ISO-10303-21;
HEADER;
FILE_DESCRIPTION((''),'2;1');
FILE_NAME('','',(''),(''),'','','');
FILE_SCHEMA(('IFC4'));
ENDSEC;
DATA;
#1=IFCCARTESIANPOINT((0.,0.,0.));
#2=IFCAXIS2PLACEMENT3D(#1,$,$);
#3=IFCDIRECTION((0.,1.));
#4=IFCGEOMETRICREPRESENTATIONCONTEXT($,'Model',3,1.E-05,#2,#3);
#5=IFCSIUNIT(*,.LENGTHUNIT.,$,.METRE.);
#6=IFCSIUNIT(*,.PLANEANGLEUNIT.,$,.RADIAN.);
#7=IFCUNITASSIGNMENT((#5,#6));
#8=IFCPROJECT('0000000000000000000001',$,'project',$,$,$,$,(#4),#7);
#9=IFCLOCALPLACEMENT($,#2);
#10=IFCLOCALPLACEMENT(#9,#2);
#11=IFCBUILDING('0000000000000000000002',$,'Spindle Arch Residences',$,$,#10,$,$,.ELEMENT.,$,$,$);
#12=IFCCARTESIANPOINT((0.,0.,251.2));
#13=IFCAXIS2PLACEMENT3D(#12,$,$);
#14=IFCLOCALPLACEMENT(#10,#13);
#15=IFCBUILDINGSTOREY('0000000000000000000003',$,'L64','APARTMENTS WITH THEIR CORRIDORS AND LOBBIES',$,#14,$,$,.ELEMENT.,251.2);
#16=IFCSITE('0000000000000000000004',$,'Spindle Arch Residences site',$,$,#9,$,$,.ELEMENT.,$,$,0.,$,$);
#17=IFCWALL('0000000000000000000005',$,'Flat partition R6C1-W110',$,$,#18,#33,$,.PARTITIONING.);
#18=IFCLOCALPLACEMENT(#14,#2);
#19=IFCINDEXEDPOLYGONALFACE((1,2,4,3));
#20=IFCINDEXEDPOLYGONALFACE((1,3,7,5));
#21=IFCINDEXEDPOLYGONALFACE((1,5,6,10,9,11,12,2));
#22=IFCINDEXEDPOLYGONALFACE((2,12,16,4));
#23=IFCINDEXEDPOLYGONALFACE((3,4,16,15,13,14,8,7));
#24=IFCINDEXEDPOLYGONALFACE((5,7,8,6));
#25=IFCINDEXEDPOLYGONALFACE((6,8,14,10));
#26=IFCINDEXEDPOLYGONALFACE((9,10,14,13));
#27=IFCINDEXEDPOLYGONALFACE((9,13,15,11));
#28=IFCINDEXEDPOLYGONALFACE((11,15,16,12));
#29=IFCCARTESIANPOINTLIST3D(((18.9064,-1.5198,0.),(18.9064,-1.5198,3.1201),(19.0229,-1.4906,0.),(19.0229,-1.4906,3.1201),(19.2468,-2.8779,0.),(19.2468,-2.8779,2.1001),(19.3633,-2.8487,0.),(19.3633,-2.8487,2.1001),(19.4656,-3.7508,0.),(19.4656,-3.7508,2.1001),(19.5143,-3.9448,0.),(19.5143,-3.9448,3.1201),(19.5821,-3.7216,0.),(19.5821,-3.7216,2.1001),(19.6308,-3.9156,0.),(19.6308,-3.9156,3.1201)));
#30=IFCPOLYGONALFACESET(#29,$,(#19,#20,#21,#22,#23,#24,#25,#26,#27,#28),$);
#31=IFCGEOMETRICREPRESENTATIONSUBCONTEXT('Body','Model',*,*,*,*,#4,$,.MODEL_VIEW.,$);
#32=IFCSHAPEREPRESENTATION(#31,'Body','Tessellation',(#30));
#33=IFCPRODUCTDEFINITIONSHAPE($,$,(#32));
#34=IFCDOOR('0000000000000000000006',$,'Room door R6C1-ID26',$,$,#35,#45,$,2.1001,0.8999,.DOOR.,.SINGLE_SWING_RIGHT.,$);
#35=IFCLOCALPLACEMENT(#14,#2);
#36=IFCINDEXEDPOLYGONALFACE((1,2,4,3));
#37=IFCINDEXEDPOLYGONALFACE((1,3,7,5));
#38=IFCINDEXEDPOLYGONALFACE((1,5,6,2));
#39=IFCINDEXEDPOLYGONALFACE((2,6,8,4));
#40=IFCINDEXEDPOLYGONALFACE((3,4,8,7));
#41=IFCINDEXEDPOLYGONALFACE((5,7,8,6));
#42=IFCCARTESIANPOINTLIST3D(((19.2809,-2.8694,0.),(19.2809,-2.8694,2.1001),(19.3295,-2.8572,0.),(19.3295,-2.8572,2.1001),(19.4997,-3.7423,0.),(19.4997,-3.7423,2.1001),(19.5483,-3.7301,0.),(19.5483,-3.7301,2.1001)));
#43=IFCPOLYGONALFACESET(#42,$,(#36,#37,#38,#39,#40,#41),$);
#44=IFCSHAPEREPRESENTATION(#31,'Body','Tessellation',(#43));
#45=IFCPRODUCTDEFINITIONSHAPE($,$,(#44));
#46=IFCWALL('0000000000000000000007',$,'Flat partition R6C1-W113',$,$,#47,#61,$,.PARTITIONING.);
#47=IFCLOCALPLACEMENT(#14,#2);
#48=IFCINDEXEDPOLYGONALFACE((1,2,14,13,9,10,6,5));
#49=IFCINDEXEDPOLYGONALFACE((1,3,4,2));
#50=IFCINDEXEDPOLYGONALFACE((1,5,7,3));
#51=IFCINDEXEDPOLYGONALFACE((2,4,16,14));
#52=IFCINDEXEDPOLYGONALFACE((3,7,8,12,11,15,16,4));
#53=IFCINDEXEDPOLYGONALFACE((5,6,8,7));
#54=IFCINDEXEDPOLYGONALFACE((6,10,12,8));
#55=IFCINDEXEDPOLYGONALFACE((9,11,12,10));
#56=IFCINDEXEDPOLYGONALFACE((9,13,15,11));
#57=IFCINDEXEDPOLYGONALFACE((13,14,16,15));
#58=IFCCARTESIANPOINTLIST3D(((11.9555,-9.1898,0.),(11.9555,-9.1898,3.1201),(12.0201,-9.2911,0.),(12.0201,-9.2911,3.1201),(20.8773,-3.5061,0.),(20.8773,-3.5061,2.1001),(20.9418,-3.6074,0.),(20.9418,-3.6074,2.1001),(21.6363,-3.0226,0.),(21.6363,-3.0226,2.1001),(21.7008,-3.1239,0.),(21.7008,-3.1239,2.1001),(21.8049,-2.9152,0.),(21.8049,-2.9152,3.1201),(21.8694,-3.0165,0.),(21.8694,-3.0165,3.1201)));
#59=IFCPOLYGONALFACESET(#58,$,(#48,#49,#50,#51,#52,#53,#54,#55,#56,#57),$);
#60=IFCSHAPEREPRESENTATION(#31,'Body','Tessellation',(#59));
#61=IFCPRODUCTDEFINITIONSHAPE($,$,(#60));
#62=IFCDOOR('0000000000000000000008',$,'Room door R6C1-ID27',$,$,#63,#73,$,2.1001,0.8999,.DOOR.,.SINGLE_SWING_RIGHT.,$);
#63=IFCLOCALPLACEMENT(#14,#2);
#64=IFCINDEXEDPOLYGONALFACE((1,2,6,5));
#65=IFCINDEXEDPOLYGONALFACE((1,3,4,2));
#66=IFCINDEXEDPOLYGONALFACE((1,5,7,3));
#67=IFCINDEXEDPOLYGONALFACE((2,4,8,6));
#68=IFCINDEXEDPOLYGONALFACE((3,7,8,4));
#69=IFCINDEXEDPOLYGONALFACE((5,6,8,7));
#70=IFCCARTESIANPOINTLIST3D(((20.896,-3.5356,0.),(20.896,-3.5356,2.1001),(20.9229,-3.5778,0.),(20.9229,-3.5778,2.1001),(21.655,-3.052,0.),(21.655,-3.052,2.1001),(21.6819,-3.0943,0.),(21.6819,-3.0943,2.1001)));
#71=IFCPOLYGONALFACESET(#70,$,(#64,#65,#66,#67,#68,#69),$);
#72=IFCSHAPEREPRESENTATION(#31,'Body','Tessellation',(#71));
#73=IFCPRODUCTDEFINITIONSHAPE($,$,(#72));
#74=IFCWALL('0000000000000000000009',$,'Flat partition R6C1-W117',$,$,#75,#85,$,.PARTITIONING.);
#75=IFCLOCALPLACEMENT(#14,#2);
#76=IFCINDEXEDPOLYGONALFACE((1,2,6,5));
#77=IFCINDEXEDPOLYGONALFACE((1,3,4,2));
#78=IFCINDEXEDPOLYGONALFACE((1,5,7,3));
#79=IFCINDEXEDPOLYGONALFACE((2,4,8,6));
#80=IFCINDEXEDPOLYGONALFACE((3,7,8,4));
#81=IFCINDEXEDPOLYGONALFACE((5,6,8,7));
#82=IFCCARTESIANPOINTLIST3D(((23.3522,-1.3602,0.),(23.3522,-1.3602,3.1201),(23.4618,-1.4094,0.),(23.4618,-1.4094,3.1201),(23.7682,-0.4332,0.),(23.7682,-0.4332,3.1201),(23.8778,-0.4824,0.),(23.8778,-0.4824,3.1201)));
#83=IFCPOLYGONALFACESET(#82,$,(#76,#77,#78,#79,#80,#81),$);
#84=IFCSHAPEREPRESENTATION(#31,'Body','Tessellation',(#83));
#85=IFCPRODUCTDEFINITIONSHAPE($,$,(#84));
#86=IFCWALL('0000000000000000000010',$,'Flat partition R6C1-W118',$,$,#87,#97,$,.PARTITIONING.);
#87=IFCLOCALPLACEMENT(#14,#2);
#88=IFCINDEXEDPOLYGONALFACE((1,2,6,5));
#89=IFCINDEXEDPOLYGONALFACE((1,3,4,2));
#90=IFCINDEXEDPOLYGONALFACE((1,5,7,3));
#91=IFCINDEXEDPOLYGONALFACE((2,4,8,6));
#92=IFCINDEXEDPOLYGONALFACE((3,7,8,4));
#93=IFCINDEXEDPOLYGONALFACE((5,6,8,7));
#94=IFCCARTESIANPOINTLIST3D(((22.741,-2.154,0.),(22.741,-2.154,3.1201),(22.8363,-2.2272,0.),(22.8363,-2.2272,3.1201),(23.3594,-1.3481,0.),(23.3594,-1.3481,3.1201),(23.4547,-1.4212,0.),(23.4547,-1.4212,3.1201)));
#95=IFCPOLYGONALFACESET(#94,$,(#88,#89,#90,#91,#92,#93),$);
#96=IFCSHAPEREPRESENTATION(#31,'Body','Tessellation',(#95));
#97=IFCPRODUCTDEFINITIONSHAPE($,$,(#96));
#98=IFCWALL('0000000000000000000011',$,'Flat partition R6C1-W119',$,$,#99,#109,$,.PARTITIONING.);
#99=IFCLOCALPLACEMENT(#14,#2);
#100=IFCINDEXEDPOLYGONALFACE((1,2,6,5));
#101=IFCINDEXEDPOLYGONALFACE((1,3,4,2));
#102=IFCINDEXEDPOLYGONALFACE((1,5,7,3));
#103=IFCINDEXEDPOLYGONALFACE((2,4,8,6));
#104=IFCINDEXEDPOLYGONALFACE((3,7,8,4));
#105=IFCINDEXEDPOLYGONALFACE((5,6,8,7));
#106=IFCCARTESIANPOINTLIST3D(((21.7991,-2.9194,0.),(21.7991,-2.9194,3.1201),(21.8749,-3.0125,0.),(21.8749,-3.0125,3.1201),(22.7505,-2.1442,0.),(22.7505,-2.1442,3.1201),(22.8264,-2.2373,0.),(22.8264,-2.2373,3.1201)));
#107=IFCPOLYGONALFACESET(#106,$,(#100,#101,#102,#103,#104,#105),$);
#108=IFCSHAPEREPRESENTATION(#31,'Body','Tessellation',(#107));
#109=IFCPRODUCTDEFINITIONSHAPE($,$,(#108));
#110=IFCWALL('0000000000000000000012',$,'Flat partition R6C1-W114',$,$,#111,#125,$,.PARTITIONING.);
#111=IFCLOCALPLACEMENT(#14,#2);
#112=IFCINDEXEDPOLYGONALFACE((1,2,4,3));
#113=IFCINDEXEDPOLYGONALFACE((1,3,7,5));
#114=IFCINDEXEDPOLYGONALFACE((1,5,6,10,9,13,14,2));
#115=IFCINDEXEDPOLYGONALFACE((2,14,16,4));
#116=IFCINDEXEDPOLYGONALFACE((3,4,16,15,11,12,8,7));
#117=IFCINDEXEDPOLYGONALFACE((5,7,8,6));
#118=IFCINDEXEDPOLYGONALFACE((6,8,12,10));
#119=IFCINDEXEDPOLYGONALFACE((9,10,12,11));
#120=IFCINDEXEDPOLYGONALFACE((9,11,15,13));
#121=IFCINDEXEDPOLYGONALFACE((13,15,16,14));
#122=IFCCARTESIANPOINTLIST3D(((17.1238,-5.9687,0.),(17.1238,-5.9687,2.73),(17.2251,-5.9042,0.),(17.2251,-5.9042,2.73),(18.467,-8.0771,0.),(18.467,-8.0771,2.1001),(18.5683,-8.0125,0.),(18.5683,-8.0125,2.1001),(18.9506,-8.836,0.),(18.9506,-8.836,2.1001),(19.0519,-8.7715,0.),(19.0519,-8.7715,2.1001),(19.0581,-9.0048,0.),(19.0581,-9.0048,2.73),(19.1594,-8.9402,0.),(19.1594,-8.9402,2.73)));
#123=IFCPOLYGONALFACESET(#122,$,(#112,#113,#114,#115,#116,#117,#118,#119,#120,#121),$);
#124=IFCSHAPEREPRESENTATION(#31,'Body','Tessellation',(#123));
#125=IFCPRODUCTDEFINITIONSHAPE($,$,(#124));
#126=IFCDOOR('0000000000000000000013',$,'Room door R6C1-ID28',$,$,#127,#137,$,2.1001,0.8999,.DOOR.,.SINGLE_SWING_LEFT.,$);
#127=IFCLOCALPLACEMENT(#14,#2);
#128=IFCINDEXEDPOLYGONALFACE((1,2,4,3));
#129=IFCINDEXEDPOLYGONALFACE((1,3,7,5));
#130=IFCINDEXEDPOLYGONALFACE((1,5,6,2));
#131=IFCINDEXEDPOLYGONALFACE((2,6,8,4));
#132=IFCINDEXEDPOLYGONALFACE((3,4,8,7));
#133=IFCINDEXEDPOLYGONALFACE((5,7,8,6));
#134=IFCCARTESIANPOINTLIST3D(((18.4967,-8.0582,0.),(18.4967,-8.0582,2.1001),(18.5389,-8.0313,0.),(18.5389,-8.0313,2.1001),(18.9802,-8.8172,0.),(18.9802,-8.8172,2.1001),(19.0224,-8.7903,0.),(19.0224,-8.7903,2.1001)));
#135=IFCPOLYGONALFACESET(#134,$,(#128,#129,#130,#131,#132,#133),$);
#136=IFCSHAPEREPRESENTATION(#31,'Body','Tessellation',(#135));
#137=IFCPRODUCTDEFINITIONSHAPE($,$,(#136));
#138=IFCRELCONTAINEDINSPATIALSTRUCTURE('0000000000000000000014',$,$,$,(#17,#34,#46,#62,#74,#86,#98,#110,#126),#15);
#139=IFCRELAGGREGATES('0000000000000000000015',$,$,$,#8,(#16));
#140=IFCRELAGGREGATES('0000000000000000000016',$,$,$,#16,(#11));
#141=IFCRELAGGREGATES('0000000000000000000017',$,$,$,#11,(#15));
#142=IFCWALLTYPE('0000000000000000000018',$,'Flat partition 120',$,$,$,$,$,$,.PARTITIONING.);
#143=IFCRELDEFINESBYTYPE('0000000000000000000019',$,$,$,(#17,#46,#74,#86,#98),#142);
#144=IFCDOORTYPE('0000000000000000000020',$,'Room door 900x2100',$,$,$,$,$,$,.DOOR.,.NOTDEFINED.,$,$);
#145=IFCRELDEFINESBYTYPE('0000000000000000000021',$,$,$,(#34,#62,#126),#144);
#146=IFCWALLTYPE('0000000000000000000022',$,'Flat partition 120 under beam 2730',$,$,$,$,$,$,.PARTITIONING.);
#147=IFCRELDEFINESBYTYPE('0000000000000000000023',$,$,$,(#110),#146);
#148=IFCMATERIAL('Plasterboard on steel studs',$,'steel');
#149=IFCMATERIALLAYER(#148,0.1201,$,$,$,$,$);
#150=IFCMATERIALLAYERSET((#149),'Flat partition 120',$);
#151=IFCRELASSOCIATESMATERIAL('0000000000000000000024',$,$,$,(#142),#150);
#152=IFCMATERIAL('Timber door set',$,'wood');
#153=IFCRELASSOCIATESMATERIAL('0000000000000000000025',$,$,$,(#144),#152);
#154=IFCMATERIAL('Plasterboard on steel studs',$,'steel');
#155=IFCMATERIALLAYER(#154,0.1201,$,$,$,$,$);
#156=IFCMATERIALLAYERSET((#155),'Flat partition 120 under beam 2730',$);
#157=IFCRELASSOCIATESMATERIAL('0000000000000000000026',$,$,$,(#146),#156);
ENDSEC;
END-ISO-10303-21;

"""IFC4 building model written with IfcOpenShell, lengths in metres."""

from ifc_helpers import new_model, si_unit, direction, frame, frame_2d, origin, place, context, subcontext, project, spatial, rectangle, extrude, material, layer, layer_set, type_object, element, fill, save


model = new_model("IFC4")

# Units and contexts
model_context = context("Model", 3, precision=1e-05, world=origin(), true_north=direction((0.0, 1.0)))
body_context = subcontext(model_context, "Body", "Model", "MODEL_VIEW")
ifc_project = project(units=[si_unit("LENGTHUNIT", "METRE"), si_unit("PLANEANGLEUNIT", "RADIAN")], contexts=[model_context])

# Site, building, storey
site_placement = place(None, origin())
site = spatial("IfcSite", under=ifc_project, at=site_placement, Name="Spindle Arch Residences site", CompositionType="ELEMENT", RefElevation=0.0)
building_placement = place(site_placement, origin())
building = spatial("IfcBuilding", under=site, at=building_placement, Name="Spindle Arch Residences", CompositionType="ELEMENT")
storey_placement = place(building_placement, frame((0.0, 0.0, 251.2)))
storey = spatial("IfcBuildingStorey", under=building, at=storey_placement, Name="L64", Description="APARTMENTS WITH THEIR CORRIDORS AND LOBBIES", CompositionType="ELEMENT", Elevation=251.2)

# Walls, openings, doors
ifc_material_1 = material(Name="Plasterboard on steel studs", Category="steel")
ifc_layer_1 = layer(ifc_material_1, 0.1201)
ifc_layer_set_1 = layer_set([ifc_layer_1], Name="Flat partition 120")
wall_type_1 = type_object("IfcWallType", Name="Flat partition 120", PredefinedType="PARTITIONING", material=ifc_layer_set_1)
wall_1_placement = place(storey_placement, frame((19.5725, -3.9302, 0.0), z_axis=(0.0, 0.0, 1.0), x_axis=(-0.243156, 0.969987, 0.0)))
wall_1 = element("IfcWall", 1, at=wall_1_placement, inside=storey, type_object=wall_type_1, Name="Flat partition R6C1-W110", PredefinedType="PARTITIONING", context=body_context, shape_type="SweptSolid", body=[
    extrude(rectangle(XDim=2.5, YDim=0.1201, at=frame_2d((1.25, 0.0))), origin(), (0.0, 0.0, 1.0), 3.1201),
])
opening_1_placement = place(wall_1_placement, frame((0.2, 0.0, 0.0)))
opening_1 = element("IfcOpeningElement", 2, at=opening_1_placement, cuts=wall_1, PredefinedType="OPENING", context=body_context, shape_type="SweptSolid", body=[
    extrude(rectangle(XDim=0.8999, YDim=2.1001, at=frame_2d((0.45, 1.05))), frame((0.0, 0.0701, 0.0), z_axis=(0.0, -1.0, 0.0), x_axis=(1.0, 0.0, 0.0)), (0.0, 0.0, 1.0), 0.1401),
])
ifc_material_2 = material(Name="Timber door set", Category="wood")
door_type = type_object("IfcDoorType", Name="Room door 900x2100", OperationType="NOTDEFINED", PredefinedType="DOOR", material=ifc_material_2)
door_1_placement = place(opening_1_placement, origin())
door_1 = element("IfcDoor", 3, at=door_1_placement, inside=storey, type_object=door_type, Name="Room door R6C1-ID26", OperationType="SINGLE_SWING_RIGHT", OverallHeight=2.1001, OverallWidth=0.8999, PredefinedType="DOOR", context=body_context, shape_type="SweptSolid", body=[
    extrude(rectangle(XDim=0.8999, YDim=2.1001, at=frame_2d((0.45, 1.05))), frame((0.0, 0.0249, 0.0), z_axis=(0.0, -1.0, 0.0), x_axis=(1.0, 0.0, 0.0)), (0.0, 0.0, 1.0), 0.05),
])
fill(opening_1, door_1)
wall_2_placement = place(storey_placement, frame((21.8372, -2.9658, 0.0), z_axis=(0.0, 0.0, 1.0), x_axis=(-0.843395, -0.537295, 0.0)))
wall_2 = element("IfcWall", 4, at=wall_2_placement, inside=storey, type_object=wall_type_1, Name="Flat partition R6C1-W113", PredefinedType="PARTITIONING", context=body_context, shape_type="SweptSolid", body=[
    extrude(rectangle(XDim=11.6782, YDim=0.1201, at=frame_2d((5.8391, 0.0))), origin(), (0.0, 0.0, 1.0), 3.1201),
])
opening_2_placement = place(wall_2_placement, frame((0.2, 0.0, 0.0)))
opening_2 = element("IfcOpeningElement", 5, at=opening_2_placement, cuts=wall_2, PredefinedType="OPENING", context=body_context, shape_type="SweptSolid", body=[
    extrude(rectangle(XDim=0.8999, YDim=2.1001, at=frame_2d((0.45, 1.05))), frame((0.0, 0.0701, 0.0), z_axis=(0.0, -1.0, 0.0), x_axis=(1.0, 0.0, 0.0)), (0.0, 0.0, 1.0), 0.1401),
])
door_2_placement = place(opening_2_placement, origin())
door_2 = element("IfcDoor", 6, at=door_2_placement, inside=storey, type_object=door_type, Name="Room door R6C1-ID27", OperationType="SINGLE_SWING_RIGHT", OverallHeight=2.1001, OverallWidth=0.8999, PredefinedType="DOOR", context=body_context, shape_type="SweptSolid", body=[
    extrude(rectangle(XDim=0.8999, YDim=2.1001, at=frame_2d((0.45, 1.05))), frame((0.0, 0.0249, 0.0), z_axis=(0.0, -1.0, 0.0), x_axis=(1.0, 0.0, 0.0)), (0.0, 0.0, 1.0), 0.05),
])
fill(opening_2, door_2)

# Walls
wall_3_placement = place(storey_placement, frame((23.823, -0.4578, 0.0), z_axis=(0.0, 0.0, 1.0), x_axis=(-0.409435, -0.912339, 0.0)))
element("IfcWall", 7, at=wall_3_placement, inside=storey, type_object=wall_type_1, Name="Flat partition R6C1-W117", PredefinedType="PARTITIONING", context=body_context, shape_type="SweptSolid", body=[
    extrude(rectangle(XDim=1.0161, YDim=0.1201, at=frame_2d((0.5081, 0.0))), origin(), (0.0, 0.0, 1.0), 3.1201),
])
wall_4_placement = place(storey_placement, frame((23.407, -1.3848, 0.0), z_axis=(0.0, 0.0, 1.0), x_axis=(-0.60877, -0.793347, 0.0)))
element("IfcWall", 8, at=wall_4_placement, inside=storey, type_object=wall_type_1, Name="Flat partition R6C1-W118", PredefinedType="PARTITIONING", context=body_context, shape_type="SweptSolid", body=[
    extrude(rectangle(XDim=1.0159, YDim=0.1201, at=frame_2d((0.5078, 0.0))), origin(), (0.0, 0.0, 1.0), 3.1201),
])
wall_5_placement = place(storey_placement, frame((22.7886, -2.1907, 0.0), z_axis=(0.0, 0.0, 1.0), x_axis=(-0.775267, -0.631633, 0.0)))
element("IfcWall", 9, at=wall_5_placement, inside=storey, type_object=wall_type_1, Name="Flat partition R6C1-W119", PredefinedType="PARTITIONING", context=body_context, shape_type="SweptSolid", body=[
    extrude(rectangle(XDim=1.2273, YDim=0.1201, at=frame_2d((0.6138, 0.0))), origin(), (0.0, 0.0, 1.0), 3.1201),
])

# Wall, opening, door
ifc_material_3 = material(Name="Plasterboard on steel studs", Category="steel")
ifc_layer_2 = layer(ifc_material_3, 0.1201)
ifc_layer_set_2 = layer_set([ifc_layer_2], Name="Flat partition 120 under beam 2730")
wall_type_2 = type_object("IfcWallType", Name="Flat partition 120 under beam 2730", PredefinedType="PARTITIONING", material=ifc_layer_set_2)
wall_6_placement = place(storey_placement, frame((19.1086, -8.9724, 0.0), z_axis=(0.0, 0.0, 1.0), x_axis=(-0.537319, 0.843379, 0.0)))
wall_6 = element("IfcWall", 10, at=wall_6_placement, inside=storey, type_object=wall_type_2, Name="Flat partition R6C1-W114", PredefinedType="PARTITIONING", context=body_context, shape_type="SweptSolid", body=[
    extrude(rectangle(XDim=3.5999, YDim=0.1201, at=frame_2d((1.7998, 0.0))), origin(), (0.0, 0.0, 1.0), 2.73),
])
opening_3_placement = place(wall_6_placement, frame((0.2, 0.0, 0.0)))
opening_3 = element("IfcOpeningElement", 11, at=opening_3_placement, cuts=wall_6, PredefinedType="OPENING", context=body_context, shape_type="SweptSolid", body=[
    extrude(rectangle(XDim=0.8999, YDim=2.1001, at=frame_2d((0.45, 1.05))), frame((0.0, 0.0701, 0.0), z_axis=(0.0, -1.0, 0.0), x_axis=(1.0, 0.0, 0.0)), (0.0, 0.0, 1.0), 0.1401),
])
door_3_placement = place(opening_3_placement, origin())
door_3 = element("IfcDoor", 12, at=door_3_placement, inside=storey, type_object=door_type, Name="Room door R6C1-ID28", OperationType="SINGLE_SWING_LEFT", OverallHeight=2.1001, OverallWidth=0.8999, PredefinedType="DOOR", context=body_context, shape_type="SweptSolid", body=[
    extrude(rectangle(XDim=0.8999, YDim=2.1001, at=frame_2d((0.45, 1.05))), frame((0.0, 0.0249, 0.0), z_axis=(0.0, -1.0, 0.0), x_axis=(1.0, 0.0, 0.0)), (0.0, 0.0, 1.0), 0.05),
])
fill(opening_3, door_3)

save(model, "model.ifc")
